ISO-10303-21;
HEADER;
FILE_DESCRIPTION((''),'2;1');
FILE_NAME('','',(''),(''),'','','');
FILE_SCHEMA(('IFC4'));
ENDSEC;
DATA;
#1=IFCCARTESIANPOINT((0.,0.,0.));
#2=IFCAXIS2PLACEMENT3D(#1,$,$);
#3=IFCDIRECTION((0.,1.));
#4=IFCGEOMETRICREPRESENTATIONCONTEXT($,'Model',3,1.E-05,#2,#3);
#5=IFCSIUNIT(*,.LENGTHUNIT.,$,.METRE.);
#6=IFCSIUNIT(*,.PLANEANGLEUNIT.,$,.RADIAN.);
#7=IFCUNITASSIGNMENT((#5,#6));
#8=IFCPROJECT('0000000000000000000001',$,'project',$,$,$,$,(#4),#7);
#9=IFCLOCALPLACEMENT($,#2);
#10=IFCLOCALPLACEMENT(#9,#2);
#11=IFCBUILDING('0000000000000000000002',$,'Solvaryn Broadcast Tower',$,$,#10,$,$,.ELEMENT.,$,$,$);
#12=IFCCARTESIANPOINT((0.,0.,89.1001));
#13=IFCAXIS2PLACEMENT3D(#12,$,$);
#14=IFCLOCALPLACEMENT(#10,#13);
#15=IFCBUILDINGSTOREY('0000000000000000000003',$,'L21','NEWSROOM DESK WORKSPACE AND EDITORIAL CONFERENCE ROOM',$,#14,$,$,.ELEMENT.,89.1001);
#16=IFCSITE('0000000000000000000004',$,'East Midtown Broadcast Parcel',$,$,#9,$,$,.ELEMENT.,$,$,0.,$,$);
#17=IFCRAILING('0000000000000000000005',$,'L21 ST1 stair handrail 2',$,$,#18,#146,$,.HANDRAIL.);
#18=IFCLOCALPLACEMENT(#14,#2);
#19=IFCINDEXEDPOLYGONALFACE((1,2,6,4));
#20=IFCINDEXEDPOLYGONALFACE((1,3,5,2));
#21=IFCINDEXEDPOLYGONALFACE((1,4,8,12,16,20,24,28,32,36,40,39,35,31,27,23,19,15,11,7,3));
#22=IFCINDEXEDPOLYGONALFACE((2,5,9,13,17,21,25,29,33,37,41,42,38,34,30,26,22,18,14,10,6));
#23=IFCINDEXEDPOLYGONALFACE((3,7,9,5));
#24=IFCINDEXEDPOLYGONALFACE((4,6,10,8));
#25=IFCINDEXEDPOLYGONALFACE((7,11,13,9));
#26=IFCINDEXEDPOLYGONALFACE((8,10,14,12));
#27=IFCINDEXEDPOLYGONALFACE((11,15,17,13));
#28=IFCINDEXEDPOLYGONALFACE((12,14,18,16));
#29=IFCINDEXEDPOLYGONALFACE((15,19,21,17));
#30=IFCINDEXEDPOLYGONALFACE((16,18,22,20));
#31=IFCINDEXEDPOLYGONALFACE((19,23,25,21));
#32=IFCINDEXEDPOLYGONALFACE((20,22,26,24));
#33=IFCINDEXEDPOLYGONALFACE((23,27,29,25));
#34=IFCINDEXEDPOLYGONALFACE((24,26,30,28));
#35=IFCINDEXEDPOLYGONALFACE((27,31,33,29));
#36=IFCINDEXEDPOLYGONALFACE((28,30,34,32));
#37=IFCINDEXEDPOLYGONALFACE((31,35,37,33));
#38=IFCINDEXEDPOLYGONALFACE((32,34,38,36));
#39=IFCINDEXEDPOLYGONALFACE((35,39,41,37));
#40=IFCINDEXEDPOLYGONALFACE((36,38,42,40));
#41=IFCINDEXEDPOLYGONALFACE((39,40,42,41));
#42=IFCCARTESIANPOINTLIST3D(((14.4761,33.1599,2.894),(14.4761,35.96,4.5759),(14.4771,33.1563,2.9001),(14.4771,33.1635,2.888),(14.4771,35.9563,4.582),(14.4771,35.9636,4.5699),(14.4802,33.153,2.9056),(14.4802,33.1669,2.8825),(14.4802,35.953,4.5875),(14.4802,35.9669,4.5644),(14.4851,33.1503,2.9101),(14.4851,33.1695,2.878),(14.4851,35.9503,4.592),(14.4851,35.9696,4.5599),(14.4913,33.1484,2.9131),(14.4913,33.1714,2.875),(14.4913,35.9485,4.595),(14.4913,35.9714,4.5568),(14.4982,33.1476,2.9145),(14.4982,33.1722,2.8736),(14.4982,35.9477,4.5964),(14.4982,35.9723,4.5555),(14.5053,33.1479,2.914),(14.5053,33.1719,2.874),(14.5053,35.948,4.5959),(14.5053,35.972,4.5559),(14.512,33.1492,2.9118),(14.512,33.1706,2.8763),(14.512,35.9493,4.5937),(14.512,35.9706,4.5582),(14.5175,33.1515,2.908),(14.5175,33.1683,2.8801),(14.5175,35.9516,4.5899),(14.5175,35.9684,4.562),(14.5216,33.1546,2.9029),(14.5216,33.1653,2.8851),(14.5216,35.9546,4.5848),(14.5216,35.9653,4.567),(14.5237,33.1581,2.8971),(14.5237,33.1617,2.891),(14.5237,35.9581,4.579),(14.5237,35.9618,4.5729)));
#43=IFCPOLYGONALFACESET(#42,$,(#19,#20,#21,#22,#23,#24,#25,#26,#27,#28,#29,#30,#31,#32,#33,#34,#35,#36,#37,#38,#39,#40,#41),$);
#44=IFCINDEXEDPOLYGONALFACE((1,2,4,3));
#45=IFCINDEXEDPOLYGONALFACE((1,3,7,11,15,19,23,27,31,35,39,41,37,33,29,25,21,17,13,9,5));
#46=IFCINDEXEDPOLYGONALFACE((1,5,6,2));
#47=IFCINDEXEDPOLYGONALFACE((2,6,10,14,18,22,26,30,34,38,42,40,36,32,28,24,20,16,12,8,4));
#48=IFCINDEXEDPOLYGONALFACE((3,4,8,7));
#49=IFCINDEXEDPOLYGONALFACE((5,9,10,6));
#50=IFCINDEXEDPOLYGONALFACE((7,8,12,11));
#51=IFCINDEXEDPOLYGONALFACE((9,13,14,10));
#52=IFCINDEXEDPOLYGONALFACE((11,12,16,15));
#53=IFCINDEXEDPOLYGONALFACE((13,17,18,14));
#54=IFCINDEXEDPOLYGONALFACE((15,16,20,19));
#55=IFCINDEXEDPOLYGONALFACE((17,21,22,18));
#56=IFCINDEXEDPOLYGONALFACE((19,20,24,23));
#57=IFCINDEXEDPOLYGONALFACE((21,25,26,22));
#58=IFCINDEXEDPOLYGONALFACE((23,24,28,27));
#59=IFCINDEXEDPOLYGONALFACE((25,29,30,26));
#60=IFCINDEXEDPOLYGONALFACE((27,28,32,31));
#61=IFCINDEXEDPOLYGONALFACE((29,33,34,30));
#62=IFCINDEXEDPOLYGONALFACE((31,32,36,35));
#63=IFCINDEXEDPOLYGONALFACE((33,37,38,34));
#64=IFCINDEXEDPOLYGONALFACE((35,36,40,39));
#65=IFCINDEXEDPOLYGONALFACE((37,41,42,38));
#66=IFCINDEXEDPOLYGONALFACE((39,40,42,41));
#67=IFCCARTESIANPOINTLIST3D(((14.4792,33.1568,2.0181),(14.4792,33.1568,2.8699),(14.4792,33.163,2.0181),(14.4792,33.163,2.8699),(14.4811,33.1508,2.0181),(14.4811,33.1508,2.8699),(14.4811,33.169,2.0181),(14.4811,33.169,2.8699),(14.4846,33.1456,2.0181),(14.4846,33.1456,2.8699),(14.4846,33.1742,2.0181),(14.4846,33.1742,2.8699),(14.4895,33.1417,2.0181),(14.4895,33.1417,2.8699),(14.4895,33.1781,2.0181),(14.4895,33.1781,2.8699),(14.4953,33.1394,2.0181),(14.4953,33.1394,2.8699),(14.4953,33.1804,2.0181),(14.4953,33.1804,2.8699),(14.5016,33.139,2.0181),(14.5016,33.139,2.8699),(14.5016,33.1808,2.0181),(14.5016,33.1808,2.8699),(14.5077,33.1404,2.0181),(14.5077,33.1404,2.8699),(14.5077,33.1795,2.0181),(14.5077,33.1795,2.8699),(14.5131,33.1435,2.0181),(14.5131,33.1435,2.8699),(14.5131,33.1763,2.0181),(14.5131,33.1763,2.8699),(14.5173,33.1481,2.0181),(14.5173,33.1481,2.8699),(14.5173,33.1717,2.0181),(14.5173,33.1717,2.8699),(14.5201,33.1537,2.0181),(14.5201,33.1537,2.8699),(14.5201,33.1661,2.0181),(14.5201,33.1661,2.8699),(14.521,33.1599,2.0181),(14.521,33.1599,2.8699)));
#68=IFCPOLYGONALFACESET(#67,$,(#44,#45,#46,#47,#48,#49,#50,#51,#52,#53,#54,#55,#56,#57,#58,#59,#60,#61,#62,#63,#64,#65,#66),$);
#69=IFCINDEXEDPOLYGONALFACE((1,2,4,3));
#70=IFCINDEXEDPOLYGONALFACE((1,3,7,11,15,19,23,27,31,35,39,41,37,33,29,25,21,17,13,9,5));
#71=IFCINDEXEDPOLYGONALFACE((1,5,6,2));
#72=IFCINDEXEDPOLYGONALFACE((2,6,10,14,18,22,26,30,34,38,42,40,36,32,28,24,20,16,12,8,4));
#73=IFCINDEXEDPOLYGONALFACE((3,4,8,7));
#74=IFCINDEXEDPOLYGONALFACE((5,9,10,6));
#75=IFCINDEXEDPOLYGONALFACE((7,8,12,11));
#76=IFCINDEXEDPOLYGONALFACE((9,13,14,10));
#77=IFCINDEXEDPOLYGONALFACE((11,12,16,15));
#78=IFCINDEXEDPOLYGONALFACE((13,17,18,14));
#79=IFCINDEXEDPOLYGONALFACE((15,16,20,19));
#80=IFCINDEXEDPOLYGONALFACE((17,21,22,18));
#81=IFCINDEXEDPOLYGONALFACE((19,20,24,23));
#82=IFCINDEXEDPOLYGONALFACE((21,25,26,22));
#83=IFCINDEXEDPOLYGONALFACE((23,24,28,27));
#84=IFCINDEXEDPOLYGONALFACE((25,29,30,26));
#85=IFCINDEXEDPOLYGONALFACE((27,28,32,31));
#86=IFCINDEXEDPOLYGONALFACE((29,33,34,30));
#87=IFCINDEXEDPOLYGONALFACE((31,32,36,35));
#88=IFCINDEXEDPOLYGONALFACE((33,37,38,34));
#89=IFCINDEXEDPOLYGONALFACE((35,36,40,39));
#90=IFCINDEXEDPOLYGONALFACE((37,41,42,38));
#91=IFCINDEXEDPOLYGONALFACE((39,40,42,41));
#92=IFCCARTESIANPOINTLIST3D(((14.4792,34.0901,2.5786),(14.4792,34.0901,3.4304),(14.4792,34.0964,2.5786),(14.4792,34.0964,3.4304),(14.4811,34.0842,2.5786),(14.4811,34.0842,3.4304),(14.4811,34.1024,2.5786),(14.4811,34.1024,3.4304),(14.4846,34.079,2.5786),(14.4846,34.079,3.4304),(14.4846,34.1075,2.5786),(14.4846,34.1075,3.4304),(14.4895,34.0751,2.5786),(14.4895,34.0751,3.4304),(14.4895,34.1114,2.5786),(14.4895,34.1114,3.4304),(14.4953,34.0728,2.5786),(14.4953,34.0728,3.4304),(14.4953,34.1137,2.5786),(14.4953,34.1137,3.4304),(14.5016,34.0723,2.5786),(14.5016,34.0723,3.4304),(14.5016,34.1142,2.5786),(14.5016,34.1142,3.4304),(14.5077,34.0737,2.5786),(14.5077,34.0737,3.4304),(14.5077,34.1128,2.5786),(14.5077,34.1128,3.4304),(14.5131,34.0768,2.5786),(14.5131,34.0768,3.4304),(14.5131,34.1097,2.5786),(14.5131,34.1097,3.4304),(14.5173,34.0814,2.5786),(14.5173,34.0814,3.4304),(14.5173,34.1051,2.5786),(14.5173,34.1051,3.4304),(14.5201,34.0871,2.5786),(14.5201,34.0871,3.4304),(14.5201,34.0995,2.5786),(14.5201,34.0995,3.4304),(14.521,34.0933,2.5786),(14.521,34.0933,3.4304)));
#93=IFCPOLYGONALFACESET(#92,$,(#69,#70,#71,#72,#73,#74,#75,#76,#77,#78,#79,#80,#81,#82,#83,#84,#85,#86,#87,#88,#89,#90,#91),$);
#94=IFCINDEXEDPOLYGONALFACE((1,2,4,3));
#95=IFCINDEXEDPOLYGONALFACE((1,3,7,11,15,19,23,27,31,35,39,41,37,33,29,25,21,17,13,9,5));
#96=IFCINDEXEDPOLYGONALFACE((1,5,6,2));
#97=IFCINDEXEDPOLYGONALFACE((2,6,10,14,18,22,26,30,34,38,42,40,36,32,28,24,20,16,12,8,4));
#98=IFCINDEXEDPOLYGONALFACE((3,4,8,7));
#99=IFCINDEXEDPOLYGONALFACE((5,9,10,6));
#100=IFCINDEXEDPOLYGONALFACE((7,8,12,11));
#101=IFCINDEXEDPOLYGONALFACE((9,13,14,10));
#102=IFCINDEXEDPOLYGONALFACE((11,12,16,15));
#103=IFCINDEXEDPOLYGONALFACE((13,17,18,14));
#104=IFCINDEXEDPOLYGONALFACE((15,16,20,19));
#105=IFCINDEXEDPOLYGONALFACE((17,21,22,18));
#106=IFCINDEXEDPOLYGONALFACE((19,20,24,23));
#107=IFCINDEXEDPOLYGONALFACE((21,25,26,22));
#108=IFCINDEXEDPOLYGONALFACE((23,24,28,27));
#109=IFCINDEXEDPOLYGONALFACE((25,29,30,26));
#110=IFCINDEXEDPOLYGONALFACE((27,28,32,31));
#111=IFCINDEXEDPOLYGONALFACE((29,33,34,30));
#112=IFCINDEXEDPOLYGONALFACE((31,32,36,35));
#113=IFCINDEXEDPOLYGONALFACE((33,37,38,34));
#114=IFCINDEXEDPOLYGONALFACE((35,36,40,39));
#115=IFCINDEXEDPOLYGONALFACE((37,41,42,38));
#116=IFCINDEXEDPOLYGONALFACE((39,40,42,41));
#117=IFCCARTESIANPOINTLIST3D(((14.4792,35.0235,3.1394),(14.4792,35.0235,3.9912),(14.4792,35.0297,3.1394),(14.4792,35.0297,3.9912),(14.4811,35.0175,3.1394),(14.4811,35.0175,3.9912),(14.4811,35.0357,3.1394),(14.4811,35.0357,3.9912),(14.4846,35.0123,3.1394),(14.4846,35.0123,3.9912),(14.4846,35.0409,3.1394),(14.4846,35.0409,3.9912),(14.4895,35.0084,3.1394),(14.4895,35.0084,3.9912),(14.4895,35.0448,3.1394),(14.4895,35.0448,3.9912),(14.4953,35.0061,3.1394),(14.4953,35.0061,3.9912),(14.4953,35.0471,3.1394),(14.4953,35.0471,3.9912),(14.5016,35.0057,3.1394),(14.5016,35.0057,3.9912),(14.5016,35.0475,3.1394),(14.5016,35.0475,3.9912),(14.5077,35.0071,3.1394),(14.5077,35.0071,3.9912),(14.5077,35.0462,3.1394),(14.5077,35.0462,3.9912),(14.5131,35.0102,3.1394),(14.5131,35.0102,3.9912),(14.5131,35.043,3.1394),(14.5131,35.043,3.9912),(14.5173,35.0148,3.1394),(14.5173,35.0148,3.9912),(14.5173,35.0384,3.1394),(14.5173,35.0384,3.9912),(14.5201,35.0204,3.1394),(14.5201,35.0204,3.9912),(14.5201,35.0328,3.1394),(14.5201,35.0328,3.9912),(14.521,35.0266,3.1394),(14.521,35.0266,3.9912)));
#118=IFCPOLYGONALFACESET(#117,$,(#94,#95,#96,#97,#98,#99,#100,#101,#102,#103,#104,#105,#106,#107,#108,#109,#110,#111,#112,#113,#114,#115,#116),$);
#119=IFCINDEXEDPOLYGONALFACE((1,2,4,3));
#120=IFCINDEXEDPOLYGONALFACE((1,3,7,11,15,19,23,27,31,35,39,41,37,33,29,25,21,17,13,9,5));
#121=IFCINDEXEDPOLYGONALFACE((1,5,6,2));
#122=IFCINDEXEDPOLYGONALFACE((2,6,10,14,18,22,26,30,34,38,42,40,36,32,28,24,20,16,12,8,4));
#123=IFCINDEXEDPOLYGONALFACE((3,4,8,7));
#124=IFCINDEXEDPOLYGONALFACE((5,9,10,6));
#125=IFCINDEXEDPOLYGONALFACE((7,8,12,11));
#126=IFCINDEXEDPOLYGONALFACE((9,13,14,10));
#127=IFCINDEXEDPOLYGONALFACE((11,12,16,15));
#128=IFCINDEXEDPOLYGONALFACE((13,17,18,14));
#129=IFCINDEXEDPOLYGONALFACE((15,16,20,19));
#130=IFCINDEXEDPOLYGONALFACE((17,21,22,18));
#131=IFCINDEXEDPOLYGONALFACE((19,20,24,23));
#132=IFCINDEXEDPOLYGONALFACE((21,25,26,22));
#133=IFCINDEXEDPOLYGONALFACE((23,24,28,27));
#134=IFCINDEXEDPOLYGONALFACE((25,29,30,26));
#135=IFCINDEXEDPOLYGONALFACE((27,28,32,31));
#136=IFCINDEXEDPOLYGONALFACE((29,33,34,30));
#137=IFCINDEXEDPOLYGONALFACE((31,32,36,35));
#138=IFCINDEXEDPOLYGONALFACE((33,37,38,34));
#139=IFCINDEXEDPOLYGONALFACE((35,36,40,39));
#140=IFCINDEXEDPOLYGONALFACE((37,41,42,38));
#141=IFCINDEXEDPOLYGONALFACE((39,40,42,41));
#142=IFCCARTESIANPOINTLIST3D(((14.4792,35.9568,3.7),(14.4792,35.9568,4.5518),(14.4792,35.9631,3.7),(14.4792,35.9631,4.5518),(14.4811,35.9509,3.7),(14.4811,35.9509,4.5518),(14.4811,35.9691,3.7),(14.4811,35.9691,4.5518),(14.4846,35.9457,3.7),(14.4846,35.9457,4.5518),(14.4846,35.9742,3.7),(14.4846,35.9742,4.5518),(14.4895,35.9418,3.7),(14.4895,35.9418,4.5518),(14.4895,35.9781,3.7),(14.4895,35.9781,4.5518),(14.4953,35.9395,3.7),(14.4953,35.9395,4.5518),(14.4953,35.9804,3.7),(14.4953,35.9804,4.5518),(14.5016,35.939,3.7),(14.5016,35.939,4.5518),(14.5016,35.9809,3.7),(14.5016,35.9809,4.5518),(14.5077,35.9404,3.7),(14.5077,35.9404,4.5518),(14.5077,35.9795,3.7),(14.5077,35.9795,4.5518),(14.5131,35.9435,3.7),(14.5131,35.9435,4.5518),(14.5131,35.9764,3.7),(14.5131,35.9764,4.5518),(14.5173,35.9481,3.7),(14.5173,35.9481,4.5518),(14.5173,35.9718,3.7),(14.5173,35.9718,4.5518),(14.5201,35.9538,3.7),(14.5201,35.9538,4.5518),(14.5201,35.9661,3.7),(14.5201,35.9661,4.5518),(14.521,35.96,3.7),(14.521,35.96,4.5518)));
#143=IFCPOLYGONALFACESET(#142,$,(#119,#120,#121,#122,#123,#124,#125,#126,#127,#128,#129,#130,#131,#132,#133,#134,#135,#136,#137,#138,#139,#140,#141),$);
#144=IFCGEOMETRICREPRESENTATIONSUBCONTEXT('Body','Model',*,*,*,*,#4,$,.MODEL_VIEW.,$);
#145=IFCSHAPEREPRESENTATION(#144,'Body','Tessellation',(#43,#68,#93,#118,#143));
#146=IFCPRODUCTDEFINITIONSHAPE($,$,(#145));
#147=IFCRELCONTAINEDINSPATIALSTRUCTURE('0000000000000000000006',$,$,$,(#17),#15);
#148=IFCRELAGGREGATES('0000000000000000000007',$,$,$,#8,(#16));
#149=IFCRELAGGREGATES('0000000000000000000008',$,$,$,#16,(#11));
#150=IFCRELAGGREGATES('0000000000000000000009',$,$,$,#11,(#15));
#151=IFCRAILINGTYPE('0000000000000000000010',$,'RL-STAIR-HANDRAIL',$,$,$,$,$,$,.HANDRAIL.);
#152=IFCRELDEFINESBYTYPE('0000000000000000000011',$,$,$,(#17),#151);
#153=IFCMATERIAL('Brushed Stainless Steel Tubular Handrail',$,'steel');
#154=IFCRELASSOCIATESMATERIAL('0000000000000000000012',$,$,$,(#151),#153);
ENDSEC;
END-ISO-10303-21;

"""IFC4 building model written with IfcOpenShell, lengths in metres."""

from ifc_helpers import new_model, si_unit, direction, frame, origin, origin_2d, place, context, subcontext, project, spatial, circle, extrude, material, type_object, element, save


model = new_model("IFC4")

# Units and contexts
model_context = context("Model", 3, precision=1e-05, world=origin(), true_north=direction((0.0, 1.0)))
body_context = subcontext(model_context, "Body", "Model", "MODEL_VIEW")
ifc_project = project(units=[si_unit("LENGTHUNIT", "METRE"), si_unit("PLANEANGLEUNIT", "RADIAN")], contexts=[model_context])

# Site, building, storey
site_placement = place(None, origin())
site = spatial("IfcSite", under=ifc_project, at=site_placement, Name="East Midtown Broadcast Parcel", CompositionType="ELEMENT", RefElevation=0.0)
building_placement = place(site_placement, origin())
building = spatial("IfcBuilding", under=site, at=building_placement, Name="Solvaryn Broadcast Tower", CompositionType="ELEMENT")
storey_placement = place(building_placement, frame((0.0, 0.0, 89.1001)))
storey = spatial("IfcBuildingStorey", under=building, at=storey_placement, Name="L21", Description="NEWSROOM DESK WORKSPACE AND EDITORIAL CONFERENCE ROOM", CompositionType="ELEMENT", Elevation=89.1001)

# Railing
ifc_material_1 = material(Name="Brushed Stainless Steel Tubular Handrail", Category="steel")
railing_type_1 = type_object("IfcRailingType", Name="RL-STAIR-HANDRAIL", PredefinedType="HANDRAIL", material=ifc_material_1)
railing_1_placement = place(storey_placement, frame((14.5, 33.1599, 2.0181)))
element("IfcRailing", 1, at=railing_1_placement, inside=storey, type_object=railing_type_1, Name="L21 ST1 stair handrail 2", PredefinedType="HANDRAIL", context=body_context, shape_type="SweptSolid", body=[
    extrude(circle(Radius=0.0239, at=origin_2d()), frame((0.0, 0.0, 0.876), z_axis=(0.0, 0.857242, 0.514913), x_axis=(-1.0, 0.0, 0.0)), (0.0, 0.0, 1.0), 3.2664),
    extrude(circle(Radius=0.021, at=origin_2d()), origin(), (0.0, 0.0, 1.0), 0.8518),
    extrude(circle(Radius=0.021, at=origin_2d()), frame((0.0, 0.9333, 0.5605)), (0.0, 0.0, 1.0), 0.8518),
    extrude(circle(Radius=0.021, at=origin_2d()), frame((0.0, 1.8667, 1.1213)), (0.0, 0.0, 1.0), 0.8518),
    extrude(circle(Radius=0.021, at=origin_2d()), frame((0.0, 2.8, 1.6819)), (0.0, 0.0, 1.0), 0.8518),
])

save(model, "model.ifc")
